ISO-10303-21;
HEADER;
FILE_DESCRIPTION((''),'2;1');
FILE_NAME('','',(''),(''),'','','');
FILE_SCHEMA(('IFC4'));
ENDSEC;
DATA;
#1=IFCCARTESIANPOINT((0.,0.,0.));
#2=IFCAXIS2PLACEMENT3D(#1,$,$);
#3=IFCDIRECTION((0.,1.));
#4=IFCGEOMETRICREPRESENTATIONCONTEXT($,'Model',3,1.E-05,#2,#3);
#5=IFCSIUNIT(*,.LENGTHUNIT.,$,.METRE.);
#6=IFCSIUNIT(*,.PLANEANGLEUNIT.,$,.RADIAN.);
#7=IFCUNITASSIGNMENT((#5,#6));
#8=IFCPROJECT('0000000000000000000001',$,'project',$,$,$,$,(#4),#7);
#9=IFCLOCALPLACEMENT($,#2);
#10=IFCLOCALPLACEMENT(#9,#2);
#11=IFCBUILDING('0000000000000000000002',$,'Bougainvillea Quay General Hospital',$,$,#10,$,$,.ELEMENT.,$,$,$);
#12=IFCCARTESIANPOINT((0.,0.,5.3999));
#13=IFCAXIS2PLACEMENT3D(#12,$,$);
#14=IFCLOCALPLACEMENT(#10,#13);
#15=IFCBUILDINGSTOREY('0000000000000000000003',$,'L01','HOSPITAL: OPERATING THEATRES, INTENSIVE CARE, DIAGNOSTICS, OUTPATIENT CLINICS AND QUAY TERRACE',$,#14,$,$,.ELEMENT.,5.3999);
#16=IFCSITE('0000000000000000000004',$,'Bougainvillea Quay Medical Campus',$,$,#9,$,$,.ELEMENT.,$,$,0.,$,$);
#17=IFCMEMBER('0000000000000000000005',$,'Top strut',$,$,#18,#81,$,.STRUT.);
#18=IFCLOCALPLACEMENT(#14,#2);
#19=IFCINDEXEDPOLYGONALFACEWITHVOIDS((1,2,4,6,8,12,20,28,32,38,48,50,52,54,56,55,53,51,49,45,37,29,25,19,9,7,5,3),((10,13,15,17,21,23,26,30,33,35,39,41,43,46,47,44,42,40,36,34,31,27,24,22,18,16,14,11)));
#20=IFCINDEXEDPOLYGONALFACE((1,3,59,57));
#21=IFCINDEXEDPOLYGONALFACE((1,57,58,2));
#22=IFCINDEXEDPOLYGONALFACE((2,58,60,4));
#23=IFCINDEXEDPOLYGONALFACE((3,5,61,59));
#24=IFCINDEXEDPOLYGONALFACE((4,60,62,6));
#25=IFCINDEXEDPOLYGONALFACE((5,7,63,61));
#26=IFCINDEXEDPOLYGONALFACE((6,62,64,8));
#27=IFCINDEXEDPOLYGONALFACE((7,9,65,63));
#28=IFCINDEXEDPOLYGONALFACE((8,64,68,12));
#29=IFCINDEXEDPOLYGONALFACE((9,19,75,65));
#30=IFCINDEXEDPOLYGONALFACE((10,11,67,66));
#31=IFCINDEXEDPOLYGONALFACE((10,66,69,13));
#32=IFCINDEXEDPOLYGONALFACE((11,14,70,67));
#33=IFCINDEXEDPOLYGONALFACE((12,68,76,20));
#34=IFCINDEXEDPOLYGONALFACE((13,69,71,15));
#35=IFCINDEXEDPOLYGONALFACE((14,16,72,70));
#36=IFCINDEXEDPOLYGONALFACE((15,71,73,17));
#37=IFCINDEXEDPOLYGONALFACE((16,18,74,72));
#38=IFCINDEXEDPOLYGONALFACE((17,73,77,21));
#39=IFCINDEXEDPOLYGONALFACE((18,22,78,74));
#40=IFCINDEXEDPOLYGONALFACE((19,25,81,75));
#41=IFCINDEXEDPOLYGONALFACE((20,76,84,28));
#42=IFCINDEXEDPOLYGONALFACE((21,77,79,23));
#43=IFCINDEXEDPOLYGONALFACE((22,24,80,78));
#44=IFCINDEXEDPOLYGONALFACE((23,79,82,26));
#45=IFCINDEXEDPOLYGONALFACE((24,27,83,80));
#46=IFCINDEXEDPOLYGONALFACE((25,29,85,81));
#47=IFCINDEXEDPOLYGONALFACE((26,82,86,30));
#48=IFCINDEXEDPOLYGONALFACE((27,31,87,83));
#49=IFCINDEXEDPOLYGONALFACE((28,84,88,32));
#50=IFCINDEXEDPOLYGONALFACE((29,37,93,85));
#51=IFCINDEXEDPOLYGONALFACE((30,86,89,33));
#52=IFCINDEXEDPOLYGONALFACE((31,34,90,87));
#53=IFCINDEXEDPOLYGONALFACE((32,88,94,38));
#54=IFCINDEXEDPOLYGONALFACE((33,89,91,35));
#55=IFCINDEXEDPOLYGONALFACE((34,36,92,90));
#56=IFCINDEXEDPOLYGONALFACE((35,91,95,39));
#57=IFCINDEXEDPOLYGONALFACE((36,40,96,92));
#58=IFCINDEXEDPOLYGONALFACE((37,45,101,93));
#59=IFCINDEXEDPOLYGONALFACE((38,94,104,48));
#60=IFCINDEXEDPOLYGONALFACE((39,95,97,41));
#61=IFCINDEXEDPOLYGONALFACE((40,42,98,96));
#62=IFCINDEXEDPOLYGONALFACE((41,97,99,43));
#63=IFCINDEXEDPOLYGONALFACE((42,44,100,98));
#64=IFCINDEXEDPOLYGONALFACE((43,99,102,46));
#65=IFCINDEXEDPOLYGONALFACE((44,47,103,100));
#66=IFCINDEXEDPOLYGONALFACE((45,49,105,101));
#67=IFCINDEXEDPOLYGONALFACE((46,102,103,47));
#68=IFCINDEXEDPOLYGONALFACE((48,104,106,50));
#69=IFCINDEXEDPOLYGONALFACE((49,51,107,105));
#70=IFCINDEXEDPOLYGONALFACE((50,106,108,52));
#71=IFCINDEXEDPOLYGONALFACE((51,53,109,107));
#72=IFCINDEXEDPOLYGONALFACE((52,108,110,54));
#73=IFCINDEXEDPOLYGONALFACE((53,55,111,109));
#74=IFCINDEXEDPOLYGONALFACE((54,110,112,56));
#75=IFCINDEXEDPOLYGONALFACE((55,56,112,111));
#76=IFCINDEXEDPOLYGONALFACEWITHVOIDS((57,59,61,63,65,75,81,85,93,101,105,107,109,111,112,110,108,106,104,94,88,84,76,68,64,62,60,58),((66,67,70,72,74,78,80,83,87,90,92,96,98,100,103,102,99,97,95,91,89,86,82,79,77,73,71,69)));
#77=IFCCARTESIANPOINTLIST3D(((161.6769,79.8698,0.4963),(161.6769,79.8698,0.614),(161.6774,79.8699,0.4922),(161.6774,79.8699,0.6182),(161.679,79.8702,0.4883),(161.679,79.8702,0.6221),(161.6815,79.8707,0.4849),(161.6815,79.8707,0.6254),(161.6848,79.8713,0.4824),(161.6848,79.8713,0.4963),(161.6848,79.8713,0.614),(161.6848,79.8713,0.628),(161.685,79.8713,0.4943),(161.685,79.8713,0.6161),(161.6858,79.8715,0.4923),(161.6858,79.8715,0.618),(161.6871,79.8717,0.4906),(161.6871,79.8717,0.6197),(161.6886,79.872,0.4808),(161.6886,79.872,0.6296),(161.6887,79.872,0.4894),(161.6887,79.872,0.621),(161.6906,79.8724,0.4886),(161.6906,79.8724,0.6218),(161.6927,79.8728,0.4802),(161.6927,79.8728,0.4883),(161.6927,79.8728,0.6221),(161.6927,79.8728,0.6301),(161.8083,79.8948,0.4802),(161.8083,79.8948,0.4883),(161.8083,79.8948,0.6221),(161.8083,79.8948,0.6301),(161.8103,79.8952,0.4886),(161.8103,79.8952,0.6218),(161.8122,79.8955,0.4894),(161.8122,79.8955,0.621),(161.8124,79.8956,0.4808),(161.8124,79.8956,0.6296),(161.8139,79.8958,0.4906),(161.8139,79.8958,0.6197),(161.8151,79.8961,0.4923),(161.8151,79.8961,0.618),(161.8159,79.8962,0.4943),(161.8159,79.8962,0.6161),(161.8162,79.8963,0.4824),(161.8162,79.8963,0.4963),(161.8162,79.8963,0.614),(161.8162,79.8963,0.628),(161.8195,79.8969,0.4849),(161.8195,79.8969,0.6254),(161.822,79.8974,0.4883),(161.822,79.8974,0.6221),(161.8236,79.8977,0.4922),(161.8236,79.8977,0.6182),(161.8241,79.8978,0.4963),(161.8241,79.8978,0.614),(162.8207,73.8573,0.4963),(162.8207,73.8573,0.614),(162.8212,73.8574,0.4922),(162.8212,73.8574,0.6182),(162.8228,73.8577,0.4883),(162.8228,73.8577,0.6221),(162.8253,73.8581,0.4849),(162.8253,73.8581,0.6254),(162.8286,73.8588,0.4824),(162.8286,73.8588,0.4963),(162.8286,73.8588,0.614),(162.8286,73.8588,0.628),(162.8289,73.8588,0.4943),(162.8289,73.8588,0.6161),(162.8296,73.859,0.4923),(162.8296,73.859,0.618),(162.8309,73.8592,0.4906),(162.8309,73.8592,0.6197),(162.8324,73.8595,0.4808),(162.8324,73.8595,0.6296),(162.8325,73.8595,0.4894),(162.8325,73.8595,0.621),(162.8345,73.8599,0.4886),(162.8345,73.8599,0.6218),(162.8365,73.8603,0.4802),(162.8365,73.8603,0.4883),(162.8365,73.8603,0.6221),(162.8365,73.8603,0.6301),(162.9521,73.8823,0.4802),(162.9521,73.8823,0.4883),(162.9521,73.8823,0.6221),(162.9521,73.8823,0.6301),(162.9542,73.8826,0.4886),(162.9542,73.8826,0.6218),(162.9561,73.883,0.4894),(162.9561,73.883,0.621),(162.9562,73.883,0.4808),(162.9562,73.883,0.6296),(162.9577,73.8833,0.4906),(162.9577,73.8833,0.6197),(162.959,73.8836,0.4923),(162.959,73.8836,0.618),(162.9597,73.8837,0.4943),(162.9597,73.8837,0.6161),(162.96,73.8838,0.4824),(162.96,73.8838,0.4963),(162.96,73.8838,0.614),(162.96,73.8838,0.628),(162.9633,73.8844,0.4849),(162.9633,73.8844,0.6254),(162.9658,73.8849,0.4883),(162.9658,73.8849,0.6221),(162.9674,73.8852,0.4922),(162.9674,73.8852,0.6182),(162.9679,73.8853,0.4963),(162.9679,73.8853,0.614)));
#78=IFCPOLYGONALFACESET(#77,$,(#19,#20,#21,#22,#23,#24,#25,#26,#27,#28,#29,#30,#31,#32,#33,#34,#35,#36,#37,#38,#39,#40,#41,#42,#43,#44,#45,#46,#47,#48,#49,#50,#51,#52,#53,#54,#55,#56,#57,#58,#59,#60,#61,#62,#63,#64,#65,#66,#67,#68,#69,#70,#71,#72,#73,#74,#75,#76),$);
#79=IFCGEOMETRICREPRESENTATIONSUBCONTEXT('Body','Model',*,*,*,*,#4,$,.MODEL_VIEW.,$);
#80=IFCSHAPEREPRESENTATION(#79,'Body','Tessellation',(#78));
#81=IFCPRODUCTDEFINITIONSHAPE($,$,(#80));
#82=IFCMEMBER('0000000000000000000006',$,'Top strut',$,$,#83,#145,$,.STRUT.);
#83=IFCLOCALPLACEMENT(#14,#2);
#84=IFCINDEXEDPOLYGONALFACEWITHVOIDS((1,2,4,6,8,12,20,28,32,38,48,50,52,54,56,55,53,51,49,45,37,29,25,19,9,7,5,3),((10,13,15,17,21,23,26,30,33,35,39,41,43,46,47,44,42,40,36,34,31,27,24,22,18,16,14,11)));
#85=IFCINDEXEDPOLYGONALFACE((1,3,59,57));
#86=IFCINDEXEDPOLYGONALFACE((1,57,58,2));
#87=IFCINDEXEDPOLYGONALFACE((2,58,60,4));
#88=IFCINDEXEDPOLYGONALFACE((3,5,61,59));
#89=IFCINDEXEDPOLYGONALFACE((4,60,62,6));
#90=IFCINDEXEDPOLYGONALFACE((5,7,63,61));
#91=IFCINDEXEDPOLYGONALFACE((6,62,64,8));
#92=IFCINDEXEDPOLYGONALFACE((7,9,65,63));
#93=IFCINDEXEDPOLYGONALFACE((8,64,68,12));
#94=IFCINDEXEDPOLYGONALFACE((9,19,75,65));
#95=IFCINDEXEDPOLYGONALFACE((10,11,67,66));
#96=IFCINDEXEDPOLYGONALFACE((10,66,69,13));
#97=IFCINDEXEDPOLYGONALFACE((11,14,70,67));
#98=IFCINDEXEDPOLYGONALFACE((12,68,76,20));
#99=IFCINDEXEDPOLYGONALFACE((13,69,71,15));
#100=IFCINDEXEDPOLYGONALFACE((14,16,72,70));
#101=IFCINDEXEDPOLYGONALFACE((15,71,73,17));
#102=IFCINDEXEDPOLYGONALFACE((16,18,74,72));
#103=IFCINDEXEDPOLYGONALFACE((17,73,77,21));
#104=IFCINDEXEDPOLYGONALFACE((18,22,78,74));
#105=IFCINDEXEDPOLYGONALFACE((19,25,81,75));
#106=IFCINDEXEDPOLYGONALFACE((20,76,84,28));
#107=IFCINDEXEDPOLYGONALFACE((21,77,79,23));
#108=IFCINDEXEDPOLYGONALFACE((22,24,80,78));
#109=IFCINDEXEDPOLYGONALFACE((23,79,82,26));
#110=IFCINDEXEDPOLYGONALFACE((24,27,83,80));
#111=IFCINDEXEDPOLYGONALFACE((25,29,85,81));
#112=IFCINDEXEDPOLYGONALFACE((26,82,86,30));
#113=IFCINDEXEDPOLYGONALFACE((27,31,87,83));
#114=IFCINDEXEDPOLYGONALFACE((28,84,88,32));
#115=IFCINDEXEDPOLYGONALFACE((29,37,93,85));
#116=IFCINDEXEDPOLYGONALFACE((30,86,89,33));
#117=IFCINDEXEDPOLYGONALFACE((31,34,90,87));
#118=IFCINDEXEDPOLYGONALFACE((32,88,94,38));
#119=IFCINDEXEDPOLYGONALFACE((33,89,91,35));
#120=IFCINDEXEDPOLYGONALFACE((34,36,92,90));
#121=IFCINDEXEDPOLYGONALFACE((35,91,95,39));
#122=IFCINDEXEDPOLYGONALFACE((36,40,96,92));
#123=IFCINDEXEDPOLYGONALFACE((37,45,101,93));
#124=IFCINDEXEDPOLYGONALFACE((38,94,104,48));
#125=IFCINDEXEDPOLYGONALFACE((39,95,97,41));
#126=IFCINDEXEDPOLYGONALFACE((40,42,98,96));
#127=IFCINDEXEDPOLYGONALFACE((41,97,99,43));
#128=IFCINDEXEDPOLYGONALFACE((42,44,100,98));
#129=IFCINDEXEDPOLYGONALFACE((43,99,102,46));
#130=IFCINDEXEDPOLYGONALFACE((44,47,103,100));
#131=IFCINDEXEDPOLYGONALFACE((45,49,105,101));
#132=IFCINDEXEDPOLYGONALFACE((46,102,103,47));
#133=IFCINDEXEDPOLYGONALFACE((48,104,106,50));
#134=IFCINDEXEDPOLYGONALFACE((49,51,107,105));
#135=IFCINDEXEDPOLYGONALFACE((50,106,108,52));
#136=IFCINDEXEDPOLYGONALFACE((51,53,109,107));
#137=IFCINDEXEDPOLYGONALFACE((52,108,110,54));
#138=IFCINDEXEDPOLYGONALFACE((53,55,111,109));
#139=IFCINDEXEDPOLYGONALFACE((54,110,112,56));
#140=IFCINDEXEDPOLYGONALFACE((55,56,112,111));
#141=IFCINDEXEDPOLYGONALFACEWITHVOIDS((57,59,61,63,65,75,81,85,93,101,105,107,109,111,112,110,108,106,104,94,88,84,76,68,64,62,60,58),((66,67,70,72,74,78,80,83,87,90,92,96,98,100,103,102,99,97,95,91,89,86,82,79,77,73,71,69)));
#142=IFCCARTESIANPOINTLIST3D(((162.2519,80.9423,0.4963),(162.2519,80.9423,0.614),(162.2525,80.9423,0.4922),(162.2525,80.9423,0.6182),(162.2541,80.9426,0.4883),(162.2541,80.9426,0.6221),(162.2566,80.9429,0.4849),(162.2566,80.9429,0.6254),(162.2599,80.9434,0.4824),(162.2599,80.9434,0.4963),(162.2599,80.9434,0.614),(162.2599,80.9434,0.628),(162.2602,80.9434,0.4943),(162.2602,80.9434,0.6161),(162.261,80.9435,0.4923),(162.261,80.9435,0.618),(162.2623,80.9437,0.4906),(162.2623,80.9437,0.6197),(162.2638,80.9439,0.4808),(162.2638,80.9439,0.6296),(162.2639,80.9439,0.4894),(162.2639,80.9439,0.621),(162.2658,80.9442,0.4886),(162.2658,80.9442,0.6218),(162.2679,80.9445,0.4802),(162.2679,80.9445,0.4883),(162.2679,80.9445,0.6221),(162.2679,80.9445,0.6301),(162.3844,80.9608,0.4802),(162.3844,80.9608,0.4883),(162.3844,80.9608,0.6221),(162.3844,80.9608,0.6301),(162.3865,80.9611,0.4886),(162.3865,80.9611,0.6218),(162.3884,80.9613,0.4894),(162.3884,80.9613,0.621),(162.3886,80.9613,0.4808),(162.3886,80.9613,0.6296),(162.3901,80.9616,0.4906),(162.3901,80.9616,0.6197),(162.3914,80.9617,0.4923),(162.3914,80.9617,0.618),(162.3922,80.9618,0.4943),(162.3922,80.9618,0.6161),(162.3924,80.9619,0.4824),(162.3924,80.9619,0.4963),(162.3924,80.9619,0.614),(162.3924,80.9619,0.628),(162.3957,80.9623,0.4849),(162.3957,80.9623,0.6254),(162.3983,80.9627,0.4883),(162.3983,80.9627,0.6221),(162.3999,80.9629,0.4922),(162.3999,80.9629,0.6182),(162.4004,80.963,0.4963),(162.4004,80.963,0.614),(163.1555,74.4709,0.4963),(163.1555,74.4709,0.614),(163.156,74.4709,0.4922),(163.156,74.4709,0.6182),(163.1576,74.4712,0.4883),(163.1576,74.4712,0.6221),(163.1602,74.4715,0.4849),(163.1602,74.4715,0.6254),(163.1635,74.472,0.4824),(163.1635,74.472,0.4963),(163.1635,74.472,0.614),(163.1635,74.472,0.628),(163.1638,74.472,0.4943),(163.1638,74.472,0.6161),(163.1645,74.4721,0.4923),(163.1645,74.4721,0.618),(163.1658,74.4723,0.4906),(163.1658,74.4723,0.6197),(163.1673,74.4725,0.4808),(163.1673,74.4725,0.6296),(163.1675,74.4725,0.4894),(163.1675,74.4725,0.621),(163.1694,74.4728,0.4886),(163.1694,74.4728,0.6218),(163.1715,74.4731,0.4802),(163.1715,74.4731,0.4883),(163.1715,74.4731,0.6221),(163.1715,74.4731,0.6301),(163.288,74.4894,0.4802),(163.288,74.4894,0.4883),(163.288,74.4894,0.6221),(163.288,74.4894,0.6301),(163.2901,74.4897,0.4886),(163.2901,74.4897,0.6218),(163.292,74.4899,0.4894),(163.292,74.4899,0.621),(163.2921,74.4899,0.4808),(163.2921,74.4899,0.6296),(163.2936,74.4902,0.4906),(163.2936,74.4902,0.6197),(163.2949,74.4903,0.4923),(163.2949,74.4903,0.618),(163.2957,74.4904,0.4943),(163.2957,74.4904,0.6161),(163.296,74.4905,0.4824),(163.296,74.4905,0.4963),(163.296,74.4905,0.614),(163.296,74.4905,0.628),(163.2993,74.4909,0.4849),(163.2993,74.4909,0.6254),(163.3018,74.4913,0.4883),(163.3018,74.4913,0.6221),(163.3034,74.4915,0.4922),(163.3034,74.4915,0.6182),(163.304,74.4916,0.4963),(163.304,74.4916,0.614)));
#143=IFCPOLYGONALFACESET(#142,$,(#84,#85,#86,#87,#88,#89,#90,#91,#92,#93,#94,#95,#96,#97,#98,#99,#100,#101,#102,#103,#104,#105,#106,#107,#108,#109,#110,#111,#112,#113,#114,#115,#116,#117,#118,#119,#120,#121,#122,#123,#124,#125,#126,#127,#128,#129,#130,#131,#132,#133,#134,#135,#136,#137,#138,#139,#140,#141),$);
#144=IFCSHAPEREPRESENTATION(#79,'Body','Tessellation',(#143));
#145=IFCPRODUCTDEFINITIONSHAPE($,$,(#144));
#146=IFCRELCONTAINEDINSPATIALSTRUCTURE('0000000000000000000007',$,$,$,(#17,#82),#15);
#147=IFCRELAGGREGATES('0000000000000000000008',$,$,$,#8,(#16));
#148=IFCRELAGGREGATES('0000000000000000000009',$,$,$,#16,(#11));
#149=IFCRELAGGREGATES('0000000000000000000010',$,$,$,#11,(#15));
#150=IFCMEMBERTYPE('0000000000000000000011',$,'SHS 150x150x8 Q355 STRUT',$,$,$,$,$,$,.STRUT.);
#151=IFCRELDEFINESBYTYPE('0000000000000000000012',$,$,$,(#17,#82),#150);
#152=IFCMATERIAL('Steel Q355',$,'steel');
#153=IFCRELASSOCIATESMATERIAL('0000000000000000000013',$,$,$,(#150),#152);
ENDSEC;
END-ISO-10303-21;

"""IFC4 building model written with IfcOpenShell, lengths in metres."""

from ifc_helpers import new_model, si_unit, direction, frame, origin, origin_2d, place, context, subcontext, project, spatial, hollow_rectangle, extrude, material, material_profile, profile_set, type_object, element, save


model = new_model("IFC4")

# Units and contexts
model_context = context("Model", 3, precision=1e-05, world=origin(), true_north=direction((0.0, 1.0)))
body_context = subcontext(model_context, "Body", "Model", "MODEL_VIEW")
ifc_project = project(units=[si_unit("LENGTHUNIT", "METRE"), si_unit("PLANEANGLEUNIT", "RADIAN")], contexts=[model_context])

# Site, building, storey
site_placement = place(None, origin())
site = spatial("IfcSite", under=ifc_project, at=site_placement, Name="Bougainvillea Quay Medical Campus", CompositionType="ELEMENT", RefElevation=0.0)
building_placement = place(site_placement, origin())
building = spatial("IfcBuilding", under=site, at=building_placement, Name="Bougainvillea Quay General Hospital", CompositionType="ELEMENT")
storey_placement = place(building_placement, frame((0.0, 0.0, 5.3999)))
storey = spatial("IfcBuildingStorey", under=building, at=storey_placement, Name="L01", Description="HOSPITAL: OPERATING THEATRES, INTENSIVE CARE, DIAGNOSTICS, OUTPATIENT CLINICS AND QUAY TERRACE", CompositionType="ELEMENT", Elevation=5.3999)

# Members
ifc_material_1 = material(Name="Steel Q355", Category="steel")
ifc_material_profile_1 = material_profile(ifc_material_1, hollow_rectangle(XDim=0.1499, YDim=0.1499, WallThickness=0.0081, InnerFilletRadius=0.0081, OuterFilletRadius=0.0161, at=origin_2d()))
ifc_profile_set_1 = profile_set([ifc_material_profile_1], Name="Steel Q355")
member_type_1 = type_object("IfcMemberType", Name="SHS 150x150x8 Q355 STRUT", PredefinedType="STRUT", material=ifc_profile_set_1)
member_1_placement = place(storey_placement, frame((161.7505, 79.8838, 0.5552), z_axis=(0.186887, -0.982381, 0.0), x_axis=(0.982381, 0.186887, 0.0)))
element("IfcMember", 1, at=member_1_placement, inside=storey, type_object=member_type_1, Name="Top strut", PredefinedType="STRUT", context=body_context, shape_type="SweptSolid", body=[
    extrude(hollow_rectangle(XDim=0.1499, YDim=0.1499, WallThickness=0.0081, InnerFilletRadius=0.0081, OuterFilletRadius=0.0161, at=origin_2d()), origin(), (0.0, 0.0, 1.0), 6.1204),
])
member_2_placement = place(storey_placement, frame((162.3262, 80.9526, 0.5552), z_axis=(0.138282, -0.990393, 0.0), x_axis=(0.990393, 0.138282, 0.0)))
element("IfcMember", 2, at=member_2_placement, inside=storey, type_object=member_type_1, Name="Top strut", PredefinedType="STRUT", context=body_context, shape_type="SweptSolid", body=[
    extrude(hollow_rectangle(XDim=0.1499, YDim=0.1499, WallThickness=0.0081, InnerFilletRadius=0.0081, OuterFilletRadius=0.0161, at=origin_2d()), origin(), (0.0, 0.0, 1.0), 6.5342),
])

save(model, "model.ifc")
